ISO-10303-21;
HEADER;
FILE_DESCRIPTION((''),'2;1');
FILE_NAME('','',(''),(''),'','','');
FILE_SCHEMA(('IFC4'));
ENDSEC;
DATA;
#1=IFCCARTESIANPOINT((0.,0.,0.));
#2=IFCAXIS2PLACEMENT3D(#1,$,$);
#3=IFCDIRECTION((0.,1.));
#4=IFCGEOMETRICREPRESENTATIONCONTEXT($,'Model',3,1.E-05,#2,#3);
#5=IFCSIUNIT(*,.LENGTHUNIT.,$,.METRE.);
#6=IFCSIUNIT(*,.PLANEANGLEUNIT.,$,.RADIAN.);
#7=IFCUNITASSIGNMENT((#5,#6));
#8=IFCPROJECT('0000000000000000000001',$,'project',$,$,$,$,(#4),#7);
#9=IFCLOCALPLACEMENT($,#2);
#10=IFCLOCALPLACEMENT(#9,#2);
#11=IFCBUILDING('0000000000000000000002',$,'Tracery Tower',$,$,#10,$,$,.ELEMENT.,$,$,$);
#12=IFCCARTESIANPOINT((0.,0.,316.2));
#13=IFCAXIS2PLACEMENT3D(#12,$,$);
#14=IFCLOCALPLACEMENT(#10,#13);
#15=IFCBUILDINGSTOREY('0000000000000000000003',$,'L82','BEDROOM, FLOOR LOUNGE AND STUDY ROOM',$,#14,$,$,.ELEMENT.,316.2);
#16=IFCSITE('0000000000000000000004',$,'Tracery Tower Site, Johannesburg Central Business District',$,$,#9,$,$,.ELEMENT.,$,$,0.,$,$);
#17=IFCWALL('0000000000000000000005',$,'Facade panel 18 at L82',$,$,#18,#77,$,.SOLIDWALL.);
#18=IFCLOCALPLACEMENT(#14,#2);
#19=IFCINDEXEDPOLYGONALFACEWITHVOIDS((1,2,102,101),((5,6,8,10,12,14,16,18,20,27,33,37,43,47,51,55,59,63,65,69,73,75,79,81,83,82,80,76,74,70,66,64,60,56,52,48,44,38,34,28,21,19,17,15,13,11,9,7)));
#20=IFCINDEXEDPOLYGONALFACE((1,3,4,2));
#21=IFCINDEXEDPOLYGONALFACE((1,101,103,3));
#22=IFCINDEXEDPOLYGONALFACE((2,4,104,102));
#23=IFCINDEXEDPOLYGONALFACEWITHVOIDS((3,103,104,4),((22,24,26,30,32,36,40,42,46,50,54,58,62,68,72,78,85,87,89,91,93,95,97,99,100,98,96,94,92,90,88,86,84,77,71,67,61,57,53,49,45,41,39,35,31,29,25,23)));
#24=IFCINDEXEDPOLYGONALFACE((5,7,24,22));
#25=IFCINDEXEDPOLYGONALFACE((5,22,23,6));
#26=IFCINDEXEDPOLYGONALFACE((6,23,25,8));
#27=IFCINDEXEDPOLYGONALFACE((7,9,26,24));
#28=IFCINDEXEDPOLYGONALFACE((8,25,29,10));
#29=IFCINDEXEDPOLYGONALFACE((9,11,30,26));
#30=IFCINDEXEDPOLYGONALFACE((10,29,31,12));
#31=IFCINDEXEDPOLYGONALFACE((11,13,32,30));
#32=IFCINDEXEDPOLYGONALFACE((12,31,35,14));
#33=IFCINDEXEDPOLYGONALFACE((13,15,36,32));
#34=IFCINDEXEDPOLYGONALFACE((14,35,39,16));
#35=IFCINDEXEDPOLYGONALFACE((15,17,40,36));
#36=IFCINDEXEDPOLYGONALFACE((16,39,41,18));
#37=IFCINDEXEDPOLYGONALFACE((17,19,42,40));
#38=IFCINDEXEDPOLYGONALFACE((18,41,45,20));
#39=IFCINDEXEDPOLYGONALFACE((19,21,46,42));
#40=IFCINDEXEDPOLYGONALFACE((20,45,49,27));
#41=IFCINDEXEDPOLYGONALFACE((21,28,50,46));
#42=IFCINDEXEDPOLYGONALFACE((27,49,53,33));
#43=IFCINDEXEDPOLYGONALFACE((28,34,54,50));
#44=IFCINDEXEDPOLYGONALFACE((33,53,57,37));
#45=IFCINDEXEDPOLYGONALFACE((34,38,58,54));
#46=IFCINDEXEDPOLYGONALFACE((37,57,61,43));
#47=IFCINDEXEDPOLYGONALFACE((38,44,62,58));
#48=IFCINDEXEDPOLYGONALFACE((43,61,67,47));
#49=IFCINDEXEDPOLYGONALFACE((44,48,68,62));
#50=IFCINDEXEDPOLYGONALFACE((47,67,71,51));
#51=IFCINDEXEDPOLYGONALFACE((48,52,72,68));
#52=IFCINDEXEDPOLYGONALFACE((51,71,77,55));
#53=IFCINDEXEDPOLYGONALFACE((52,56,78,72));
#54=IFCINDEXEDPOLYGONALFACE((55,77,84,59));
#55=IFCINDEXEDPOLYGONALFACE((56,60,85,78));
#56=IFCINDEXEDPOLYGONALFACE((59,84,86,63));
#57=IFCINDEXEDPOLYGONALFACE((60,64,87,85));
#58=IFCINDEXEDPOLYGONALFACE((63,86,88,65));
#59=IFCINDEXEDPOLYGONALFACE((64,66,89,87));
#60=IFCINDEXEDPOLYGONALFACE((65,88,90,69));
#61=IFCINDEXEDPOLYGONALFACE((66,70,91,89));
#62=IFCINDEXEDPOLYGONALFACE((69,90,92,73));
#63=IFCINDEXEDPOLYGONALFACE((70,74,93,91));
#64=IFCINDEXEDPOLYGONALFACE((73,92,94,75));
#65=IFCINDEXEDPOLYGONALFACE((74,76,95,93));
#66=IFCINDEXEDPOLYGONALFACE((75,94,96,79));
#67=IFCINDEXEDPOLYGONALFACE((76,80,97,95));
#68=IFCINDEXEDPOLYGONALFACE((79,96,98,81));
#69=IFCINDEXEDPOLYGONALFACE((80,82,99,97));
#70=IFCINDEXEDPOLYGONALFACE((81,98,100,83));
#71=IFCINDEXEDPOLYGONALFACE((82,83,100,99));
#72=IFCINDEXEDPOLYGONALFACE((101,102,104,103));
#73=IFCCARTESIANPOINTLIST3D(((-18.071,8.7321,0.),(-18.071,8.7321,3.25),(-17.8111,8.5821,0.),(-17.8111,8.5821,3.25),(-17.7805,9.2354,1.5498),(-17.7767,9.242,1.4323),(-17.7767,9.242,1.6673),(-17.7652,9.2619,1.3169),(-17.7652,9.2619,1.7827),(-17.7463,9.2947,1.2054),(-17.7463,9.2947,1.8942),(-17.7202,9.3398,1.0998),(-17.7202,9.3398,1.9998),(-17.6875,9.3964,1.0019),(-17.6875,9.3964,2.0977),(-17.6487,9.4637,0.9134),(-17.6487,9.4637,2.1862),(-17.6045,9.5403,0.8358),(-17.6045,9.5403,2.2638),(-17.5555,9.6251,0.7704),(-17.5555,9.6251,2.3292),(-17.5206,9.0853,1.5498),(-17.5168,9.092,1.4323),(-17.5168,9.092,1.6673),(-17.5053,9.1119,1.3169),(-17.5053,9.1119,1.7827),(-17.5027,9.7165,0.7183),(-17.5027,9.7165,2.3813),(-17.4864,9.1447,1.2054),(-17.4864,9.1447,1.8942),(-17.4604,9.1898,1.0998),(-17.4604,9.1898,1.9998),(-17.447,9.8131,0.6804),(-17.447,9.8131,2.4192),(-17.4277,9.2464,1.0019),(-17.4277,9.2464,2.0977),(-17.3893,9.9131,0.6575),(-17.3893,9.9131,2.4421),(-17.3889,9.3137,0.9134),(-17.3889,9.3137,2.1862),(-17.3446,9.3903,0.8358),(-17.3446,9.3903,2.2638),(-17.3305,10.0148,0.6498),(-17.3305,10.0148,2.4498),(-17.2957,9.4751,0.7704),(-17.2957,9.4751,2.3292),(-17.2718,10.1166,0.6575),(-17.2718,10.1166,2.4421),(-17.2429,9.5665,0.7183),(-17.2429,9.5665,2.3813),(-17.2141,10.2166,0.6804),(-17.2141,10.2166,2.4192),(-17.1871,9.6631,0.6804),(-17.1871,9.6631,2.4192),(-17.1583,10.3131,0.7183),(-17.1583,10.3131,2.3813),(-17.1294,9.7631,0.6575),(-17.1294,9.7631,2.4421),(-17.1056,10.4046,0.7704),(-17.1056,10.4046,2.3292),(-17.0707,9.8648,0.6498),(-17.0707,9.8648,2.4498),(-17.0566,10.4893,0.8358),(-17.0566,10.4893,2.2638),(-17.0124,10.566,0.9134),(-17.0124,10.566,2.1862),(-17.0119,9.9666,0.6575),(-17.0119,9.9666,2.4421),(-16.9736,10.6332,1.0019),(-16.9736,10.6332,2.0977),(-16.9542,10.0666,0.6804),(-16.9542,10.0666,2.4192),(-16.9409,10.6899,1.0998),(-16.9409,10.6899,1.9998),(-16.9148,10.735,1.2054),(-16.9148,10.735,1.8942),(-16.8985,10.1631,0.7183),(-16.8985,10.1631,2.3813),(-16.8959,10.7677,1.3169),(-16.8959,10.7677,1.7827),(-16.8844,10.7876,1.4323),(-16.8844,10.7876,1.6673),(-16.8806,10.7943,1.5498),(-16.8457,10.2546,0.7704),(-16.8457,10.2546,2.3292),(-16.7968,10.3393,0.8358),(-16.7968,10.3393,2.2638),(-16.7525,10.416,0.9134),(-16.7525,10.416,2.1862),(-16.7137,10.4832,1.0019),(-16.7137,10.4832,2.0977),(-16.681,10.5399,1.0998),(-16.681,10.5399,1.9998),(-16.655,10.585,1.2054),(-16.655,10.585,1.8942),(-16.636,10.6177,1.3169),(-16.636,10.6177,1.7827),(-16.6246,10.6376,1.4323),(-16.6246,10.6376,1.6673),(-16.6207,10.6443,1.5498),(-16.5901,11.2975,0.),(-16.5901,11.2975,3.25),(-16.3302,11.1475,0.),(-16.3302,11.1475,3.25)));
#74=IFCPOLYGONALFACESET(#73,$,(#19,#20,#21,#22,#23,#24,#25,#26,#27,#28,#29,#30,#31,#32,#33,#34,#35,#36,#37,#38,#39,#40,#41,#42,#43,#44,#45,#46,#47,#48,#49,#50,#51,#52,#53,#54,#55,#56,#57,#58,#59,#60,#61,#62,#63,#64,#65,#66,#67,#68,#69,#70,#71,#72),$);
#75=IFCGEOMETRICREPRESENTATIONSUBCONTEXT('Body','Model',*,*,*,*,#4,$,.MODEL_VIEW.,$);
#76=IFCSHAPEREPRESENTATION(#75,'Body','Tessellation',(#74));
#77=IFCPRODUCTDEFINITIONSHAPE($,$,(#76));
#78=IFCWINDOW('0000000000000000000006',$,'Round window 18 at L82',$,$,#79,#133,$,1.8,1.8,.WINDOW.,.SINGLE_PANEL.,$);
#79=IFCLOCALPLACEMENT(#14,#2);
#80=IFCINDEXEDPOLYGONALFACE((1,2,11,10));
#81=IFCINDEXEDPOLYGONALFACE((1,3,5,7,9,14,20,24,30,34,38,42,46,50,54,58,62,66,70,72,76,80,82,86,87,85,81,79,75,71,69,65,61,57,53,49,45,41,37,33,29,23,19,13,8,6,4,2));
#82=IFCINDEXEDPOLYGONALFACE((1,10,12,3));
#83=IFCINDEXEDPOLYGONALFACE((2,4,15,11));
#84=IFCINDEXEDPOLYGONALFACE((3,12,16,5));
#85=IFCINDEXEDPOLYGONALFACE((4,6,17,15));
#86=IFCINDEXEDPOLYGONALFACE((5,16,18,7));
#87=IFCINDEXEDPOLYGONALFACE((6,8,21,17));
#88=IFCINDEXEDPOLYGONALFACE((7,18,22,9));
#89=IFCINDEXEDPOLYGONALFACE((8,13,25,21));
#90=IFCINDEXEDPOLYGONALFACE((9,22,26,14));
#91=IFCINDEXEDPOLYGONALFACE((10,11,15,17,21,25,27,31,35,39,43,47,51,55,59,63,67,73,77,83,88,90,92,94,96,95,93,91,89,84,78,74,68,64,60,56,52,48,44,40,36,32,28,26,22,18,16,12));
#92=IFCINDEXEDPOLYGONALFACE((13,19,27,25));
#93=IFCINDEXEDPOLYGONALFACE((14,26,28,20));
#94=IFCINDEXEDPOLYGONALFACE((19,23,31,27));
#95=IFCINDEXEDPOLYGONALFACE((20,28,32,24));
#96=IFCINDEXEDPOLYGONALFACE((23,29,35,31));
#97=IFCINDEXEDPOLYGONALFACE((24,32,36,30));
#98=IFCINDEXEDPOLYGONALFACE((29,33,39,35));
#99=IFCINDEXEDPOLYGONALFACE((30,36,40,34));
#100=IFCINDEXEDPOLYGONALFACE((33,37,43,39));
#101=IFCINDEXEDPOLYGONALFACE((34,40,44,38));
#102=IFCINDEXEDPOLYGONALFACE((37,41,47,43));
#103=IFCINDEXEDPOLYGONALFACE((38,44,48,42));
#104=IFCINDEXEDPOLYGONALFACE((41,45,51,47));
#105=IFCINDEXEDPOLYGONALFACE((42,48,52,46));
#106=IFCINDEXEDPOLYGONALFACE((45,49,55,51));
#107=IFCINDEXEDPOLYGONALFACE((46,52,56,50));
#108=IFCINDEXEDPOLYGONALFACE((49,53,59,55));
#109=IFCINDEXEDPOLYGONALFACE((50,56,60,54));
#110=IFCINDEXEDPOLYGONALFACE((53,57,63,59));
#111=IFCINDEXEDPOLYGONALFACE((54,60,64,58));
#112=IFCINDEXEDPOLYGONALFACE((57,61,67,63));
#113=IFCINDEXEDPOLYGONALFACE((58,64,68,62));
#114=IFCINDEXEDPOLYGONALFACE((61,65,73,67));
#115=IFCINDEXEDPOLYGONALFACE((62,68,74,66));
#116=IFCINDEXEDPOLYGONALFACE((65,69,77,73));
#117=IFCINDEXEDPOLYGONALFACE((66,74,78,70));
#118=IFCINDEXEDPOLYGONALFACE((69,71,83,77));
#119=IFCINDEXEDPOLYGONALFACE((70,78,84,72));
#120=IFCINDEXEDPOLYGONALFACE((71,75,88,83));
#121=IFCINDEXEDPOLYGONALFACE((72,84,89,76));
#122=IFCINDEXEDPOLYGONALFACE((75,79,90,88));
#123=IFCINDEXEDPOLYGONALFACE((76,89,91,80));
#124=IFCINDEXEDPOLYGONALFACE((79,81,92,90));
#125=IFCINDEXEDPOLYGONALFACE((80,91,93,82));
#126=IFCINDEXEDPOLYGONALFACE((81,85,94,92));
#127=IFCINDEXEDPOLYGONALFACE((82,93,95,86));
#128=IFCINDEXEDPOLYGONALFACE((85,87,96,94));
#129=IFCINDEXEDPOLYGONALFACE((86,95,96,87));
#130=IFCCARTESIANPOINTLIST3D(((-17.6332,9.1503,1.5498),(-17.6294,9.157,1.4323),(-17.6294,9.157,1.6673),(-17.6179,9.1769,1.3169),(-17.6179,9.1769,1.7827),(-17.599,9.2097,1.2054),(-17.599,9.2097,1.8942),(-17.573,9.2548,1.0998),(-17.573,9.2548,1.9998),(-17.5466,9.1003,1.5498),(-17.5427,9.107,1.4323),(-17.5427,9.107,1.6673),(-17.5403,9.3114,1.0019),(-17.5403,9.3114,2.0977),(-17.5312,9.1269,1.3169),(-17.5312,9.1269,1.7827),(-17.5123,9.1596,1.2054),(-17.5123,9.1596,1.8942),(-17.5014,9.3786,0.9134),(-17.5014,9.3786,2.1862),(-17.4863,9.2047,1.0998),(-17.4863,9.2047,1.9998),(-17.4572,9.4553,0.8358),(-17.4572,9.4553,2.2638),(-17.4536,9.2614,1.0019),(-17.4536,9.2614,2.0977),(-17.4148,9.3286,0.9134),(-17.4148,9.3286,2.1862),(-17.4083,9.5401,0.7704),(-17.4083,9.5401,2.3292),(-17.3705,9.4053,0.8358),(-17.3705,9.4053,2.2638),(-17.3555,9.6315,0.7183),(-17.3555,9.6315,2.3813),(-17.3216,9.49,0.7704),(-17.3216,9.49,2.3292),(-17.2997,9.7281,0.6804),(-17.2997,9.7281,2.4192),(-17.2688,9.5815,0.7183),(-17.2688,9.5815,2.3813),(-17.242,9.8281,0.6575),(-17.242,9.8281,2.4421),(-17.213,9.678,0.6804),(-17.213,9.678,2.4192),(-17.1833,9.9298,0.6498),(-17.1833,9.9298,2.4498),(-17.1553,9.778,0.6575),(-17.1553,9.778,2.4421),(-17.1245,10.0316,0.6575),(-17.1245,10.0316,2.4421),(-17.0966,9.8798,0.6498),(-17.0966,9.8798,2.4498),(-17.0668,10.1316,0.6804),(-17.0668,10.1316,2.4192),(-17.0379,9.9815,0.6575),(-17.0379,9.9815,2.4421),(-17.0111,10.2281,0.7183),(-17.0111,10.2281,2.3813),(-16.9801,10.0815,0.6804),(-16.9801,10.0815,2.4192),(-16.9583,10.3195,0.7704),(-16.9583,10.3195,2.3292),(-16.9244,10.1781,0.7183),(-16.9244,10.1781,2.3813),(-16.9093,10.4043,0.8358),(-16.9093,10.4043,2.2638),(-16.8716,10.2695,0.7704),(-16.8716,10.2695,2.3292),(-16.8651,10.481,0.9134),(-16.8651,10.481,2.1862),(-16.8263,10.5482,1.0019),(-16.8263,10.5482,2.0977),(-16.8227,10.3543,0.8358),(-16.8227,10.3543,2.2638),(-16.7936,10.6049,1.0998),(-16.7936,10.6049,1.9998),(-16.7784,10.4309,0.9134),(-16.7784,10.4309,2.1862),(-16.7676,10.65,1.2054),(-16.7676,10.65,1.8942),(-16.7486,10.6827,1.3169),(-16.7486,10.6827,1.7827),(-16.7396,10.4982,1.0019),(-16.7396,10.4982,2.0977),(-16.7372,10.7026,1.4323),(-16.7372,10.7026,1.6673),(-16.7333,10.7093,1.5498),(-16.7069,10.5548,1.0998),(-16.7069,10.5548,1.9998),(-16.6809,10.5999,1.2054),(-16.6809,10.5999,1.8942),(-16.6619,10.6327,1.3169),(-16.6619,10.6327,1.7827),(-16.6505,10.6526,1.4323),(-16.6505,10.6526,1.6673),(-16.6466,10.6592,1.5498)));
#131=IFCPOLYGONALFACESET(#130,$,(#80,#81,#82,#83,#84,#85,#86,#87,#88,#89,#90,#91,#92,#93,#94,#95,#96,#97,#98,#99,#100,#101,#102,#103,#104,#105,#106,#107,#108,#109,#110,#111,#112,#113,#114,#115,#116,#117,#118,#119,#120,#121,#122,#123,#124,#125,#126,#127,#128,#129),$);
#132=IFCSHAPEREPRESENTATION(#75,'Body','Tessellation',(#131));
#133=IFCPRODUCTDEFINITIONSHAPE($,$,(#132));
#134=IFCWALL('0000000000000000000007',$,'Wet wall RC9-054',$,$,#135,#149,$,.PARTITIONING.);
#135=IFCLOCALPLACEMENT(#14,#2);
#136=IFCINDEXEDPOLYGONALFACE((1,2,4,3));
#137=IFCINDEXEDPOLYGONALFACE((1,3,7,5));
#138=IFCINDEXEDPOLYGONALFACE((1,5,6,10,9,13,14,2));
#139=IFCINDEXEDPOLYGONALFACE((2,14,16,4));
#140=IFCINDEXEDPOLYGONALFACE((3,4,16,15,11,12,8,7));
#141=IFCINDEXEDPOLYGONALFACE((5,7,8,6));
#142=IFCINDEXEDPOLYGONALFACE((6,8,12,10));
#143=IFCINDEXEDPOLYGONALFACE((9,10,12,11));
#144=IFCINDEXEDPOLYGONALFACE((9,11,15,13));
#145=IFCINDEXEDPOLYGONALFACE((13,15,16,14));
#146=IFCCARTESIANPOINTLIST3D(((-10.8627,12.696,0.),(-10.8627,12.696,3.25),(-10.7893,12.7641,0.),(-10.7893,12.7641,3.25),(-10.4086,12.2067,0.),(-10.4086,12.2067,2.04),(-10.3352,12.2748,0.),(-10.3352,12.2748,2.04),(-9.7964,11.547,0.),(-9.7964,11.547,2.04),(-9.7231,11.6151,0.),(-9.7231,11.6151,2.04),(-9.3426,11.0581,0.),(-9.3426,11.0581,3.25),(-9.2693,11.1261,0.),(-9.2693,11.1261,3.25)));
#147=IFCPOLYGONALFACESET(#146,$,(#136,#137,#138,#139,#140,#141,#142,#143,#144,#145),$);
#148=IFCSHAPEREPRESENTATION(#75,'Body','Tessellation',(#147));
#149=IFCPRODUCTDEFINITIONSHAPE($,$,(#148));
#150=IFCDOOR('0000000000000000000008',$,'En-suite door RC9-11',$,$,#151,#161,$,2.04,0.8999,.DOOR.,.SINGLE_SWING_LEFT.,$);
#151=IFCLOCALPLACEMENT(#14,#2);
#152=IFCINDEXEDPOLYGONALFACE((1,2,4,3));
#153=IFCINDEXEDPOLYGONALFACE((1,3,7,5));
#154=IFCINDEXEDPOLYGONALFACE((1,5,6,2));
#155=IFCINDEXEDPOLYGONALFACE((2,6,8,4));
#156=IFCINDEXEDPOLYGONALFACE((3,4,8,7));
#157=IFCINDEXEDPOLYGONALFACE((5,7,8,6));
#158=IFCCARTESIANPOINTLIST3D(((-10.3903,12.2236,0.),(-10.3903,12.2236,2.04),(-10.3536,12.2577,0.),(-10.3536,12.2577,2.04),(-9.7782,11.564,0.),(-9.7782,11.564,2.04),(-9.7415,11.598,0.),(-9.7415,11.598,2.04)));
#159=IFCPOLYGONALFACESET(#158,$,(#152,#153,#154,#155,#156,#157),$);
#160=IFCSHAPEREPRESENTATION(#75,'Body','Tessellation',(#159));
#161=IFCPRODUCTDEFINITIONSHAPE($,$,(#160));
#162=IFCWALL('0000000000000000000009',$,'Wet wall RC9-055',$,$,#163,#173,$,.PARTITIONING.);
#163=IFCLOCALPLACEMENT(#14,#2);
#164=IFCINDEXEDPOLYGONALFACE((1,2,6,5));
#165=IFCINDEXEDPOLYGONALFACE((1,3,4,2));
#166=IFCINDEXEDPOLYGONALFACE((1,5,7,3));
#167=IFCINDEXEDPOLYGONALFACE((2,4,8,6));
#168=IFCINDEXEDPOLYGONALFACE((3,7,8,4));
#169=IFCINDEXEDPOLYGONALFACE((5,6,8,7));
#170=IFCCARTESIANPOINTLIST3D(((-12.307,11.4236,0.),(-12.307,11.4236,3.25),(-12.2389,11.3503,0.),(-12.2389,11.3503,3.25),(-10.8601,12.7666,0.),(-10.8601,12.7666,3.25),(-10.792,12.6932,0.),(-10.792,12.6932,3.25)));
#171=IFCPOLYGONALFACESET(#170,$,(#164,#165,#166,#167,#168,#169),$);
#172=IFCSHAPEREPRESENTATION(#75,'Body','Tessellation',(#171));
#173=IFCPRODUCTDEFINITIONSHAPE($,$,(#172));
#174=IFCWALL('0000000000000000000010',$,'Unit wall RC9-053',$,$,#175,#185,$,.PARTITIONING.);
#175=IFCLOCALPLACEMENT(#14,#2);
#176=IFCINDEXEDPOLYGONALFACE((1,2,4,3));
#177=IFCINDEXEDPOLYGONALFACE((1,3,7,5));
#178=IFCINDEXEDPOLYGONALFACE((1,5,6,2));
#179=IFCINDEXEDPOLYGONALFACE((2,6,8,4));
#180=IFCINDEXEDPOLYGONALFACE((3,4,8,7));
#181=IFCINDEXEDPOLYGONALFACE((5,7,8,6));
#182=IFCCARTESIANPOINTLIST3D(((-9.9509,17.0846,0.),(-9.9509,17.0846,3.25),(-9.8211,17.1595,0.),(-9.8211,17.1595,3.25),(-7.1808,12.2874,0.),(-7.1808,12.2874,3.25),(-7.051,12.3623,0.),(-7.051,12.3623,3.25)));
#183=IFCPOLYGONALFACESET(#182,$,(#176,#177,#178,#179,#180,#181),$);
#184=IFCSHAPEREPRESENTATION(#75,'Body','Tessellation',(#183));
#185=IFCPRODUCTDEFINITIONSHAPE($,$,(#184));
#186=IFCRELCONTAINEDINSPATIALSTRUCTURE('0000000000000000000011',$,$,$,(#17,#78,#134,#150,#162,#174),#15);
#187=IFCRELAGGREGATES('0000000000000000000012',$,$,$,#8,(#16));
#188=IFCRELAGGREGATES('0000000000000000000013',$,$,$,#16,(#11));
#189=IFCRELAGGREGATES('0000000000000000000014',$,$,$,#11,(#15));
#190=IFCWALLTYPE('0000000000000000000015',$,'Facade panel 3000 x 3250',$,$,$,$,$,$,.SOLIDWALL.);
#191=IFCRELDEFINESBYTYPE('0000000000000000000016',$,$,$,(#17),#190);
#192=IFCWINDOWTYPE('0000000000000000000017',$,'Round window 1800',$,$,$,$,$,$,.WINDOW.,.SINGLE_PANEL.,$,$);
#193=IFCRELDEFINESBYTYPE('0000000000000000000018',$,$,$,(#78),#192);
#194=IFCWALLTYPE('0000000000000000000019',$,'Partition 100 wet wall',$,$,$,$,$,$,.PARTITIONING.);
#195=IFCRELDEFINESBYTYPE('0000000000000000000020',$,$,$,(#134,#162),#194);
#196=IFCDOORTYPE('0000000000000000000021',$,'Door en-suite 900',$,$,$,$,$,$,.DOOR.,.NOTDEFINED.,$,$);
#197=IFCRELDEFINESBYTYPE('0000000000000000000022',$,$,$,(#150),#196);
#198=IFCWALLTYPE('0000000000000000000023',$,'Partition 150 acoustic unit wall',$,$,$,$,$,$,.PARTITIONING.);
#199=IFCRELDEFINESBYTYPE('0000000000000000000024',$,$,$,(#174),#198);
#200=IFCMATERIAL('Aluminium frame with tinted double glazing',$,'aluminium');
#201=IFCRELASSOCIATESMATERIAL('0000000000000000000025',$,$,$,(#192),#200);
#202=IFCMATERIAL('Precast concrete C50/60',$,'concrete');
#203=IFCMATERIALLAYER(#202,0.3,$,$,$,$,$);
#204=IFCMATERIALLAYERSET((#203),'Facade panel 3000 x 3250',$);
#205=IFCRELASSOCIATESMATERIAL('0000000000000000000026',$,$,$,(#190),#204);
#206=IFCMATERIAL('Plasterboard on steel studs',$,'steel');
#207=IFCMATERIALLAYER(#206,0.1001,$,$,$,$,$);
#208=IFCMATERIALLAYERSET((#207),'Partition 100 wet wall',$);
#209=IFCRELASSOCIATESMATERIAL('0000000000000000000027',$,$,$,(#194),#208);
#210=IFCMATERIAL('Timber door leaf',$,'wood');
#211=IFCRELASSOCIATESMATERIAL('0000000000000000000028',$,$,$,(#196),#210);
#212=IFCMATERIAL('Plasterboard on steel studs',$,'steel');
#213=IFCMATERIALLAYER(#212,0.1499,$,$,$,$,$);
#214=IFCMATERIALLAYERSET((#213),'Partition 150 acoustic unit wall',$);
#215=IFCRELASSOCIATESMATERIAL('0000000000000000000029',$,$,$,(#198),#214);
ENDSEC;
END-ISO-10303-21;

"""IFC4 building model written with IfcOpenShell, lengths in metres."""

from ifc_helpers import new_model, si_unit, direction, frame, frame_2d, origin, origin_2d, place, context, subcontext, project, spatial, rectangle, circle, extrude, material, layer, layer_set, type_object, element, fill, save


model = new_model("IFC4")

# Units and contexts
model_context = context("Model", 3, precision=1e-05, world=origin(), true_north=direction((0.0, 1.0)))
body_context = subcontext(model_context, "Body", "Model", "MODEL_VIEW")
ifc_project = project(units=[si_unit("LENGTHUNIT", "METRE"), si_unit("PLANEANGLEUNIT", "RADIAN")], contexts=[model_context])

# Site, building, storey
site_placement = place(None, origin())
site = spatial("IfcSite", under=ifc_project, at=site_placement, Name="Tracery Tower Site, Johannesburg Central Business District", CompositionType="ELEMENT", RefElevation=0.0)
building_placement = place(site_placement, origin())
building = spatial("IfcBuilding", under=site, at=building_placement, Name="Tracery Tower", CompositionType="ELEMENT")
storey_placement = place(building_placement, frame((0.0, 0.0, 316.2)))
storey = spatial("IfcBuildingStorey", under=building, at=storey_placement, Name="L82", Description="BEDROOM, FLOOR LOUNGE AND STUDY ROOM", CompositionType="ELEMENT", Elevation=316.2)

# Wall, opening, window
ifc_material_1 = material(Name="Aluminium frame with tinted double glazing", Category="aluminium")
window_type = type_object("IfcWindowType", Name="Round window 1800", PartitioningType="SINGLE_PANEL", PredefinedType="WINDOW", material=ifc_material_1)
ifc_material_2 = material(Name="Precast concrete C50/60", Category="concrete")
ifc_layer_1 = layer(ifc_material_2, 0.3)
ifc_layer_set_1 = layer_set([ifc_layer_1], Name="Facade panel 3000 x 3250")
wall_type_1 = type_object("IfcWallType", Name="Facade panel 3000 x 3250", PredefinedType="SOLIDWALL", material=ifc_layer_set_1)
wall_1_placement = place(storey_placement, frame((-16.4602, 11.2224, 0.0), z_axis=(0.0, 0.0, 1.0), x_axis=(-0.499951, -0.866054, 0.0)))
wall_1 = element("IfcWall", 1, at=wall_1_placement, inside=storey, type_object=wall_type_1, Name="Facade panel 18 at L82", PredefinedType="SOLIDWALL", context=body_context, shape_type="SweptSolid", body=[
    extrude(rectangle(XDim=2.9622, YDim=0.3, at=frame_2d((1.481, 0.0))), origin(), (0.0, 0.0, 1.0), 3.25),
])
opening_1_placement = place(wall_1_placement, frame((1.481, 0.0, 1.5498)))
opening_1 = element("IfcOpeningElement", 2, at=opening_1_placement, cuts=wall_1, PredefinedType="OPENING", context=body_context, shape_type="SweptSolid", body=[
    extrude(circle(Radius=0.9, at=origin_2d()), frame((0.0, 0.1599, 0.0), z_axis=(0.0, -1.0, 0.0), x_axis=(1.0, 0.0, 0.0)), (0.0, 0.0, 1.0), 0.3201),
])
window_1_placement = place(opening_1_placement, origin())
window_1 = element("IfcWindow", 3, at=window_1_placement, inside=storey, type_object=window_type, Name="Round window 18 at L82", OverallHeight=1.8, OverallWidth=1.8, PartitioningType="SINGLE_PANEL", PredefinedType="WINDOW", context=body_context, shape_type="SweptSolid", body=[
    extrude(circle(Radius=0.9, at=origin_2d()), frame((0.0, 0.1201, 0.0), z_axis=(0.0, -1.0, 0.0), x_axis=(1.0, 0.0, 0.0)), (0.0, 0.0, 1.0), 0.1001),
])
fill(opening_1, window_1)

# Wall, opening, door
ifc_material_3 = material(Name="Plasterboard on steel studs", Category="steel")
ifc_layer_2 = layer(ifc_material_3, 0.1001)
ifc_layer_set_2 = layer_set([ifc_layer_2], Name="Partition 100 wet wall")
wall_type_2 = type_object("IfcWallType", Name="Partition 100 wet wall", PredefinedType="PARTITIONING", material=ifc_layer_set_2)
wall_2_placement = place(storey_placement, frame((-10.8259, 12.73, 0.0), z_axis=(0.0, 0.0, 1.0), x_axis=(0.680229, -0.733, 0.0)))
wall_2 = element("IfcWall", 4, at=wall_2_placement, inside=storey, type_object=wall_type_2, Name="Wet wall RC9-054", PredefinedType="PARTITIONING", context=body_context, shape_type="SweptSolid", body=[
    extrude(rectangle(XDim=2.2346, YDim=0.1001, at=frame_2d((1.1172, 0.0))), origin(), (0.0, 0.0, 1.0), 3.25),
])
opening_2_placement = place(wall_2_placement, frame((0.6675, 0.0, 0.0)))
opening_2 = element("IfcOpeningElement", 5, at=opening_2_placement, cuts=wall_2, PredefinedType="OPENING", context=body_context, shape_type="SweptSolid", body=[
    extrude(rectangle(XDim=0.8999, YDim=2.04, at=frame_2d((0.45, 1.02))), frame((0.0, 0.05, 0.0), z_axis=(0.0, -1.0, 0.0), x_axis=(1.0, 0.0, 0.0)), (0.0, 0.0, 1.0), 0.1001),
])
ifc_material_4 = material(Name="Timber door leaf", Category="wood")
door_type = type_object("IfcDoorType", Name="Door en-suite 900", OperationType="NOTDEFINED", PredefinedType="DOOR", material=ifc_material_4)
door_placement = place(opening_2_placement, origin())
door = element("IfcDoor", 6, at=door_placement, inside=storey, type_object=door_type, Name="En-suite door RC9-11", OperationType="SINGLE_SWING_LEFT", OverallHeight=2.04, OverallWidth=0.8999, PredefinedType="DOOR", context=body_context, shape_type="SweptSolid", body=[
    extrude(rectangle(XDim=0.8999, YDim=2.04, at=frame_2d((0.45, 1.02))), frame((0.0, 0.0249, 0.0), z_axis=(0.0, -1.0, 0.0), x_axis=(1.0, 0.0, 0.0)), (0.0, 0.0, 1.0), 0.05),
])
fill(opening_2, door)

# Walls
wall_3_placement = place(storey_placement, frame((-12.2729, 11.387, 0.0), z_axis=(0.0, 0.0, 1.0), x_axis=(0.732956, 0.680276, 0.0)))
element("IfcWall", 7, at=wall_3_placement, inside=storey, type_object=wall_type_2, Name="Wet wall RC9-055", PredefinedType="PARTITIONING", context=body_context, shape_type="SweptSolid", body=[
    extrude(rectangle(XDim=1.9741, YDim=0.1001, at=frame_2d((0.9871, 0.0))), origin(), (0.0, 0.0, 1.0), 3.25),
])
ifc_material_5 = material(Name="Plasterboard on steel studs", Category="steel")
ifc_layer_3 = layer(ifc_material_5, 0.1499)
ifc_layer_set_3 = layer_set([ifc_layer_3], Name="Partition 150 acoustic unit wall")
wall_type_3 = type_object("IfcWallType", Name="Partition 150 acoustic unit wall", PredefinedType="PARTITIONING", material=ifc_layer_set_3)
wall_4_placement = place(storey_placement, frame((-9.886, 17.1221, 0.0), z_axis=(0.0, 0.0, 1.0), x_axis=(0.500054, -0.865994, 0.0)))
element("IfcWall", 8, at=wall_4_placement, inside=storey, type_object=wall_type_3, Name="Unit wall RC9-053", PredefinedType="PARTITIONING", context=body_context, shape_type="SweptSolid", body=[
    extrude(rectangle(XDim=5.5396, YDim=0.1499, at=frame_2d((2.7698, 0.0))), origin(), (0.0, 0.0, 1.0), 3.25),
])

save(model, "model.ifc")
